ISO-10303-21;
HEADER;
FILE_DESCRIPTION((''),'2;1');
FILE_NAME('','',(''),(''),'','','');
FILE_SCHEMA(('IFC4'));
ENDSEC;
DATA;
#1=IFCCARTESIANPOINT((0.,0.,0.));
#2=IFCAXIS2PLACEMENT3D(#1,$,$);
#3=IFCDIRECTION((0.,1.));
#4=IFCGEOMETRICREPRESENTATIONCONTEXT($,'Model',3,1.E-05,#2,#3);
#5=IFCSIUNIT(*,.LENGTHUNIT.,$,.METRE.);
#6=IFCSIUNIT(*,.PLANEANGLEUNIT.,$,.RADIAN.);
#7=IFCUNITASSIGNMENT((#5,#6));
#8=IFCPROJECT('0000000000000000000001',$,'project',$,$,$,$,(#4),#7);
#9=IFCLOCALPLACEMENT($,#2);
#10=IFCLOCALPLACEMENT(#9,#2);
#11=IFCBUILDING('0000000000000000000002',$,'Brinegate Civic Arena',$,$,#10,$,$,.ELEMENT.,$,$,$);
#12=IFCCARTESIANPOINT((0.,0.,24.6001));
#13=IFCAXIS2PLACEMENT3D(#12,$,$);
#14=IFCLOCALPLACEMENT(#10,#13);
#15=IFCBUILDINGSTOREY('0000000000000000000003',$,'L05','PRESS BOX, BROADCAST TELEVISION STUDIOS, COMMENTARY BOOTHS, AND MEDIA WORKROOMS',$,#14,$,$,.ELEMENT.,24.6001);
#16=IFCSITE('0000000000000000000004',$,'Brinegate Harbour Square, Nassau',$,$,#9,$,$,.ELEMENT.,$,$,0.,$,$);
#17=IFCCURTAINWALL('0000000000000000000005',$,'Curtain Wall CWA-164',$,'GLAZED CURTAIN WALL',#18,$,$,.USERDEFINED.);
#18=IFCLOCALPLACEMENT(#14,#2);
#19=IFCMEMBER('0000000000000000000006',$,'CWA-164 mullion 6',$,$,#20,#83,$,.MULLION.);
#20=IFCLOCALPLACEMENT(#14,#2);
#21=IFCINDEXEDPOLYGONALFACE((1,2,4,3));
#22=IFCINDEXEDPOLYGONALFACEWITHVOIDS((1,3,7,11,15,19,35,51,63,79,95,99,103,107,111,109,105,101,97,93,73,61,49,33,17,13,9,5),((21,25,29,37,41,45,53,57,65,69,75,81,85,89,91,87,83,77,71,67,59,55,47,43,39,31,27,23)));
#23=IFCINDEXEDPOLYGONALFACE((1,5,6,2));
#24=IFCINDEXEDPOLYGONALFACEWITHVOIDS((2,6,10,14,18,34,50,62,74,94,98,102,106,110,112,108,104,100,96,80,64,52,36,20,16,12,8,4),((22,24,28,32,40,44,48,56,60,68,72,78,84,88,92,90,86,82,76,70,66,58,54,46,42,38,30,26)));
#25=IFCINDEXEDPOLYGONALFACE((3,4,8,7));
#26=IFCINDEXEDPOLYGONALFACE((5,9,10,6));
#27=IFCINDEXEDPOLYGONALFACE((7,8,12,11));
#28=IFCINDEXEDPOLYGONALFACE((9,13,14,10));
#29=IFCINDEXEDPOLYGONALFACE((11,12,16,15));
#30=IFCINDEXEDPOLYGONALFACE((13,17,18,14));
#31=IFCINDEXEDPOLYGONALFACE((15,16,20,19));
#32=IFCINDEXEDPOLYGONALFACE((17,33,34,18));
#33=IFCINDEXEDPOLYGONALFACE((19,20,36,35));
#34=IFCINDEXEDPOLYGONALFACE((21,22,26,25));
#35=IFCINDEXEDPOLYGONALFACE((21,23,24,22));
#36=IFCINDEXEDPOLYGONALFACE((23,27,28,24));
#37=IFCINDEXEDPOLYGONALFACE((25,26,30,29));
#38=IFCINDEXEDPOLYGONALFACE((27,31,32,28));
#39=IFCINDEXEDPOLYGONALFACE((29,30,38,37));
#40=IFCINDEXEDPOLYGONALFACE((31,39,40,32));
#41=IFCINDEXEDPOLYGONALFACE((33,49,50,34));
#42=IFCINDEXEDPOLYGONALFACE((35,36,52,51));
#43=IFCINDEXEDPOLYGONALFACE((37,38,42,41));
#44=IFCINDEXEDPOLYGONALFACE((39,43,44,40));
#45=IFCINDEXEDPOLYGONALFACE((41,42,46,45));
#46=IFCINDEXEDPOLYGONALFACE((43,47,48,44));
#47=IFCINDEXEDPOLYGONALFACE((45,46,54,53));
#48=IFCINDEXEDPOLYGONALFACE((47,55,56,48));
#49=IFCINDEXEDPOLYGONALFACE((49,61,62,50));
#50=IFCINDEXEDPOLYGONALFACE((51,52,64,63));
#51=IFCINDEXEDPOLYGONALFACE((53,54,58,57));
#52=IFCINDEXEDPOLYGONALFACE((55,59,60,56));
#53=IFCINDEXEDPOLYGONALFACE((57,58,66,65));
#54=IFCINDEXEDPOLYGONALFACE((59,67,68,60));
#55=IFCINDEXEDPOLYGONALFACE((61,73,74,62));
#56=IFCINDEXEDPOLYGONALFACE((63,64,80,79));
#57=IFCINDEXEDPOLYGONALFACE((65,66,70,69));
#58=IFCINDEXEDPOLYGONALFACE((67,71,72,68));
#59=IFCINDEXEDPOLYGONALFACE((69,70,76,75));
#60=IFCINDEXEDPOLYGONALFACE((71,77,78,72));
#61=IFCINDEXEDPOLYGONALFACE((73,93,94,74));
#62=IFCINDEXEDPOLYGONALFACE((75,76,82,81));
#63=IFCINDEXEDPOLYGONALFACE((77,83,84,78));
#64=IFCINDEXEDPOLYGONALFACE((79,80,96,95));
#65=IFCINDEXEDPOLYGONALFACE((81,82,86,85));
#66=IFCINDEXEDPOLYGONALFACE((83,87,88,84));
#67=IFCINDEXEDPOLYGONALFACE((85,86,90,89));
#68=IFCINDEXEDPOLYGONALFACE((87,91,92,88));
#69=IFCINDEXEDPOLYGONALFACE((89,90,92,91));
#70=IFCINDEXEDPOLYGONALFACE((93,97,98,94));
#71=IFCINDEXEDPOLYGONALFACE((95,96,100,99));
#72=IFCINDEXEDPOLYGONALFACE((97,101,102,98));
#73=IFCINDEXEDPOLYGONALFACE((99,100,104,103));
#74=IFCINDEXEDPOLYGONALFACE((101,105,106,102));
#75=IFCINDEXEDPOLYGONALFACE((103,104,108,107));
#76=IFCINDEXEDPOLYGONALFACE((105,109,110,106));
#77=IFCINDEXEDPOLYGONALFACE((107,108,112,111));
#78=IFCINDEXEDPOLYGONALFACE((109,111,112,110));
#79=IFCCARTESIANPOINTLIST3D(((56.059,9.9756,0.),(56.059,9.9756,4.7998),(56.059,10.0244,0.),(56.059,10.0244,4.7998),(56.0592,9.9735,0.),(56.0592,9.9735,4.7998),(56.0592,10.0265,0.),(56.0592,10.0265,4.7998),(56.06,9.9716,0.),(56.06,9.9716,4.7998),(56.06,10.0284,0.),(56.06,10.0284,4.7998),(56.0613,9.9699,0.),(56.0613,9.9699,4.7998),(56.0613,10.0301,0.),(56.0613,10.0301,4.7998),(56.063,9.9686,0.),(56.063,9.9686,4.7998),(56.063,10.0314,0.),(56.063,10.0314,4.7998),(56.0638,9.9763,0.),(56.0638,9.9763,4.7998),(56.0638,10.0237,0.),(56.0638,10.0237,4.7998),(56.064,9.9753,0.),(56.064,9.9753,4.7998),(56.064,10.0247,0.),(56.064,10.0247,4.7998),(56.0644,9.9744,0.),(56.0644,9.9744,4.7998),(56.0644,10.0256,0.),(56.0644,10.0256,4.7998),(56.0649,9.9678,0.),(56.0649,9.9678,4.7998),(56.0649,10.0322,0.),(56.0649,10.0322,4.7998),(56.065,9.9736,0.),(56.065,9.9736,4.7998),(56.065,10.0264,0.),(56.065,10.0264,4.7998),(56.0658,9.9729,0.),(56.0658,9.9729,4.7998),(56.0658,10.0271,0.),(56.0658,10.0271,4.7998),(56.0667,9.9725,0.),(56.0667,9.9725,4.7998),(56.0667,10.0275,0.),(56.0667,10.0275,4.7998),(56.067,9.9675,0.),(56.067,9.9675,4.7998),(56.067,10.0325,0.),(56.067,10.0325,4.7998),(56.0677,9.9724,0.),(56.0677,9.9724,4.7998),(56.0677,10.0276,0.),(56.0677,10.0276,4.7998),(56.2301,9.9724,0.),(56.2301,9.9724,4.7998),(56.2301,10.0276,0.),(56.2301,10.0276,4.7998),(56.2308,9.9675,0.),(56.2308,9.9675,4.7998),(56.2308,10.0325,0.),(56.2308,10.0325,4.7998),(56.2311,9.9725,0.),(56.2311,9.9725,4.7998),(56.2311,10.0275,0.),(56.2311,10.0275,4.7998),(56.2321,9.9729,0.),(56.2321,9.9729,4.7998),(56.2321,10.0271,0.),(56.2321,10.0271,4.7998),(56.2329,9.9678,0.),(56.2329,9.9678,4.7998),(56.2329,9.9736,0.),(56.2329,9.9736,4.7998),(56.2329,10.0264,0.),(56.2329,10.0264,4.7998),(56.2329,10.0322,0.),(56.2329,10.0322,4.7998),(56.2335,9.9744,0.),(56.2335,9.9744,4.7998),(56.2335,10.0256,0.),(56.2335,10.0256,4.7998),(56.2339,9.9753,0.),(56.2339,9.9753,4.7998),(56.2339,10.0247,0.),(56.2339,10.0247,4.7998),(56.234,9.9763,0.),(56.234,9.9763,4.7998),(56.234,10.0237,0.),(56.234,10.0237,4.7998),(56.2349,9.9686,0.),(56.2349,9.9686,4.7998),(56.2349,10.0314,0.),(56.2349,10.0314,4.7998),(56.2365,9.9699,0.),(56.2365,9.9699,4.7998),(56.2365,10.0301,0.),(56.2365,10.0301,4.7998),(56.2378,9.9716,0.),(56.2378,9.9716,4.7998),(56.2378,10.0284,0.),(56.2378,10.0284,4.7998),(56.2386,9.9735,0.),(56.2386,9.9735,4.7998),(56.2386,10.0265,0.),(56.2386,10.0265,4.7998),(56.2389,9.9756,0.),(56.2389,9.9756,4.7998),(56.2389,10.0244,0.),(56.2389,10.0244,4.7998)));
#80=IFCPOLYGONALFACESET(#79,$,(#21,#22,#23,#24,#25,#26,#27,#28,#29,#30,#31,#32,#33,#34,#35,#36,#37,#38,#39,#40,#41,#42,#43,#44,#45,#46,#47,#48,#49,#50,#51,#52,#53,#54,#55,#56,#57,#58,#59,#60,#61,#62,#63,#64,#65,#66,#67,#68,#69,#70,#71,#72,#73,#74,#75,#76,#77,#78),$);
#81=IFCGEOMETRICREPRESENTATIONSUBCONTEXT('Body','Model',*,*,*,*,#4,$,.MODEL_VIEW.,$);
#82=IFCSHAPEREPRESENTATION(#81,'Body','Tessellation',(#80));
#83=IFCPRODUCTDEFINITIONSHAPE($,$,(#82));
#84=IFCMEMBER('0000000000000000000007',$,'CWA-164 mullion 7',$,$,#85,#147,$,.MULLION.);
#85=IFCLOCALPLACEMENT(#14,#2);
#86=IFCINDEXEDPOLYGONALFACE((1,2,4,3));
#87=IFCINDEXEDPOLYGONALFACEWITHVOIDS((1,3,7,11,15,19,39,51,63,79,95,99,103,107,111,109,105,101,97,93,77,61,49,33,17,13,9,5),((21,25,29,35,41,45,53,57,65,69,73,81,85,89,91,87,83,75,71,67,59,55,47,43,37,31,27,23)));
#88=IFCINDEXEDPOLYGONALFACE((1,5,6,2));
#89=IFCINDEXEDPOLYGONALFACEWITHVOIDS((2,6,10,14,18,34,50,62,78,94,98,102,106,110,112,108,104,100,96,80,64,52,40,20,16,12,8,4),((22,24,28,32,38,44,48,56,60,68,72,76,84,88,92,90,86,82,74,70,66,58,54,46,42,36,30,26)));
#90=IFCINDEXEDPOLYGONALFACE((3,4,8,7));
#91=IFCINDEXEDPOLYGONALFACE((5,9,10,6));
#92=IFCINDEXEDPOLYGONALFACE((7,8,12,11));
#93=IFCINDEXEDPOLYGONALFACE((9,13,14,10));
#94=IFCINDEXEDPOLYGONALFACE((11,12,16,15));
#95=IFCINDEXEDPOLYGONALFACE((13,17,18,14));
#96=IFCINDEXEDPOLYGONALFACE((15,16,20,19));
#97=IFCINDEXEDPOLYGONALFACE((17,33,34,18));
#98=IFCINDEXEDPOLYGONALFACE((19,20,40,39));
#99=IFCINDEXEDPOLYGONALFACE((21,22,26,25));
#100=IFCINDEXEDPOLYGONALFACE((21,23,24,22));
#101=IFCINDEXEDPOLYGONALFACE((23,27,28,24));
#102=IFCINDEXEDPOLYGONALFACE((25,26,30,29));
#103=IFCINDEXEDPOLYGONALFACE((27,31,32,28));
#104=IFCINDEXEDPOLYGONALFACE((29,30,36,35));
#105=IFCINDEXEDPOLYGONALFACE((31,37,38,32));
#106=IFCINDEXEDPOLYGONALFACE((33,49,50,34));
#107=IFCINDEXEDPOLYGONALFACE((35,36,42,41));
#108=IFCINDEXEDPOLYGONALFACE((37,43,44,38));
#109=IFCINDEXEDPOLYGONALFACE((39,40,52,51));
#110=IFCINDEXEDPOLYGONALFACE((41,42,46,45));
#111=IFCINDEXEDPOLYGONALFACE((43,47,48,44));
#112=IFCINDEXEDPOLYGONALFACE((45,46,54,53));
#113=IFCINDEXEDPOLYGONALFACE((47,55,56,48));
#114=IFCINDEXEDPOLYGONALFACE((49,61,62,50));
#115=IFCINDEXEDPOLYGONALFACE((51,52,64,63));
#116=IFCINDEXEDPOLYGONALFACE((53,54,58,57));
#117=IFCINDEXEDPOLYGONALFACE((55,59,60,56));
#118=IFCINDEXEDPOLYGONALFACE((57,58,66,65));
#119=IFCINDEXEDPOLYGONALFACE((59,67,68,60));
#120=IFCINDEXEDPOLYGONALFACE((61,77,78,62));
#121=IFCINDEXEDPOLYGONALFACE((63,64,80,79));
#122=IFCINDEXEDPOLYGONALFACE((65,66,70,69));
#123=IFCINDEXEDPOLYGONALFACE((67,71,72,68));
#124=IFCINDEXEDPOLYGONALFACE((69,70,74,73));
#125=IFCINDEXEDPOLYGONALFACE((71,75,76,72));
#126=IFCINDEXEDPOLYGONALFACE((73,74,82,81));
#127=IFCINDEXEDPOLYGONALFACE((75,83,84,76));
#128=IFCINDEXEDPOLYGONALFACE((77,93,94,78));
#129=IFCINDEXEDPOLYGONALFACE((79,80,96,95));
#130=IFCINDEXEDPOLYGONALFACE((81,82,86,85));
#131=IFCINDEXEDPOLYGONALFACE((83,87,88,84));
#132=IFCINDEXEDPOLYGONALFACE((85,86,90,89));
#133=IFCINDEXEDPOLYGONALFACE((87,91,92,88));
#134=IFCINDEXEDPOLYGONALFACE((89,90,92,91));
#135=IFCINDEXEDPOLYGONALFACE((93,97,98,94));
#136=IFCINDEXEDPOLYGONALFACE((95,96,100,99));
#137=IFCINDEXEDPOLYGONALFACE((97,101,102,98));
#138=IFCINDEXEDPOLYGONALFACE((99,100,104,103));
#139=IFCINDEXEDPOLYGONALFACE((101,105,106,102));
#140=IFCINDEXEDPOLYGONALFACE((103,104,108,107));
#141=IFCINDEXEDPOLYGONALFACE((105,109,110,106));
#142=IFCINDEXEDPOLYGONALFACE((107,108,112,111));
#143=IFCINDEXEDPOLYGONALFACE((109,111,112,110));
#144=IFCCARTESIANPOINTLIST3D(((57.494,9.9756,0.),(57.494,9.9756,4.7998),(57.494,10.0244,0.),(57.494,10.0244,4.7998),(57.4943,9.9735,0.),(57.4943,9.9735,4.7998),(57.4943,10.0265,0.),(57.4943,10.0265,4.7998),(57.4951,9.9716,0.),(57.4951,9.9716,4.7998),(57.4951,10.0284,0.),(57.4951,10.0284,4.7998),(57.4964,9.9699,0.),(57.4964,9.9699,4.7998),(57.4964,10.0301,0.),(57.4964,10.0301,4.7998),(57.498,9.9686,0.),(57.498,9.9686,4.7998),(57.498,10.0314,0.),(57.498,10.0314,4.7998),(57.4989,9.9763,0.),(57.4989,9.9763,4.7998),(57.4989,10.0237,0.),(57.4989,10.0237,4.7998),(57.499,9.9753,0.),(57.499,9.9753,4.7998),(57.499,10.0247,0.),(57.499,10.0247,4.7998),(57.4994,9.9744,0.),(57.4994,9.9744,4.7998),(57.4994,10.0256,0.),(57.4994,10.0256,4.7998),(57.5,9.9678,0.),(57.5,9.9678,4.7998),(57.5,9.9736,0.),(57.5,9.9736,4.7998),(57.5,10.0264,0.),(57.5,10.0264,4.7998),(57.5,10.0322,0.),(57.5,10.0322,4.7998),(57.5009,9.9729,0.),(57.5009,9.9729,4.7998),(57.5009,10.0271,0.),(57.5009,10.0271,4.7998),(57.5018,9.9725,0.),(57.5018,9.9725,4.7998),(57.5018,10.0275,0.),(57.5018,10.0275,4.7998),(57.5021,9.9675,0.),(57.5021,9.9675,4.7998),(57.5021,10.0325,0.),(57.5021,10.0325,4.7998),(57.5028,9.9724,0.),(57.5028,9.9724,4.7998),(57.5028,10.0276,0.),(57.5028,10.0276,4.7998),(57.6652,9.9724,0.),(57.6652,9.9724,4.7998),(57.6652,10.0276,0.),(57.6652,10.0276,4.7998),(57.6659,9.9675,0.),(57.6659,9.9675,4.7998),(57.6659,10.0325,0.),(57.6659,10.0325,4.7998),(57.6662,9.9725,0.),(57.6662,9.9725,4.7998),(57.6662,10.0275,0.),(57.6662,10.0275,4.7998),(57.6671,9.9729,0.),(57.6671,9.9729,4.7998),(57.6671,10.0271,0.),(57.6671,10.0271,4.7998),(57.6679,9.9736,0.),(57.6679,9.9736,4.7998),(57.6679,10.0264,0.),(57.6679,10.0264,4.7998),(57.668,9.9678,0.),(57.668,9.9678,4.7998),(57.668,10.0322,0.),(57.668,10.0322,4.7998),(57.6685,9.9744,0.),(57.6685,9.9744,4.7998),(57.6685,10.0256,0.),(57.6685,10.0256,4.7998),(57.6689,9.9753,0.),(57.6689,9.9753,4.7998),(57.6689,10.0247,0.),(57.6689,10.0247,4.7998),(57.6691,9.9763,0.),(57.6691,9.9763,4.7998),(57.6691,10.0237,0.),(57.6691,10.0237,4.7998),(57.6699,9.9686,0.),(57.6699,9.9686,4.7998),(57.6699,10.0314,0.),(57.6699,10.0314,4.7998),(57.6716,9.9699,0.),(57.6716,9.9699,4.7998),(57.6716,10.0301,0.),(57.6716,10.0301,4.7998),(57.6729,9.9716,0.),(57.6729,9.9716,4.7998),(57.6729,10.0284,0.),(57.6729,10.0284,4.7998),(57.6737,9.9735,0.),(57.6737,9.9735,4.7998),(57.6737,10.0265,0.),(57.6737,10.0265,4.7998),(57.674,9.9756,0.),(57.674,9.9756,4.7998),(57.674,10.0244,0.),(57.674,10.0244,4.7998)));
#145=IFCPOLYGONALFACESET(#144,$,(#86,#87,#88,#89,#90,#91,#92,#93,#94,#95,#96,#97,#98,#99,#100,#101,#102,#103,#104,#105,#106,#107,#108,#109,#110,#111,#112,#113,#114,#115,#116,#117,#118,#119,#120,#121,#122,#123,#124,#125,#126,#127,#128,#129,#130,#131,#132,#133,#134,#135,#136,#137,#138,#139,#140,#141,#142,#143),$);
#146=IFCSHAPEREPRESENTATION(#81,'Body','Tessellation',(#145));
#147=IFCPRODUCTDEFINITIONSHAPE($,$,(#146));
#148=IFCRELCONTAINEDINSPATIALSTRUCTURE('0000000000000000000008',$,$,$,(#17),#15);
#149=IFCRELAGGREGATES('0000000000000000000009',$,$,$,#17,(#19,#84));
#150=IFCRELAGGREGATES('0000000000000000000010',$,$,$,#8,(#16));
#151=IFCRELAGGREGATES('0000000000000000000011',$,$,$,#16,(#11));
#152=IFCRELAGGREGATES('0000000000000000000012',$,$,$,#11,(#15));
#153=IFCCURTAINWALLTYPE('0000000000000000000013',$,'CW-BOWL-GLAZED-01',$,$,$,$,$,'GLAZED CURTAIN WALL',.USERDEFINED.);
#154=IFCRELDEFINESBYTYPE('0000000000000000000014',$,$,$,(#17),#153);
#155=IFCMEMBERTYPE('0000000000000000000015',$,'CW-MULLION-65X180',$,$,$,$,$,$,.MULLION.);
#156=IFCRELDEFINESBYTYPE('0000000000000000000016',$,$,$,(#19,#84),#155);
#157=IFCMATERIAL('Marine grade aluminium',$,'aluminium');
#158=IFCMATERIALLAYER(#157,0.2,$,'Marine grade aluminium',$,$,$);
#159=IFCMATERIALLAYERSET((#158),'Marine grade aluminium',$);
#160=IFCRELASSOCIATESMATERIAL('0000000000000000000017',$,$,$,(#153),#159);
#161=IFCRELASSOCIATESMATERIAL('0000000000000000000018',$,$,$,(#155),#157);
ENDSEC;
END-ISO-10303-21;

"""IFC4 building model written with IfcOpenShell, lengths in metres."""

from ifc_helpers import new_model, si_unit, direction, frame, origin, origin_2d, place, context, subcontext, project, spatial, hollow_rectangle, extrude, material, layer, layer_set, material_profile, profile_set, type_object, element, aggregate, save


model = new_model("IFC4")

# Units and contexts
model_context = context("Model", 3, precision=1e-05, world=origin(), true_north=direction((0.0, 1.0)))
body_context = subcontext(model_context, "Body", "Model", "MODEL_VIEW")
ifc_project = project(units=[si_unit("LENGTHUNIT", "METRE"), si_unit("PLANEANGLEUNIT", "RADIAN")], contexts=[model_context])

# Site, building, storey
site_placement = place(None, origin())
site = spatial("IfcSite", under=ifc_project, at=site_placement, Name="Brinegate Harbour Square, Nassau", CompositionType="ELEMENT", RefElevation=0.0)
building_placement = place(site_placement, origin())
building = spatial("IfcBuilding", under=site, at=building_placement, Name="Brinegate Civic Arena", CompositionType="ELEMENT")
storey_placement = place(building_placement, frame((0.0, 0.0, 24.6001)))
storey = spatial("IfcBuildingStorey", under=building, at=storey_placement, Name="L05", Description="PRESS BOX, BROADCAST TELEVISION STUDIOS, COMMENTARY BOOTHS, AND MEDIA WORKROOMS", CompositionType="ELEMENT", Elevation=24.6001)

# Curtain wall, members
ifc_material_1 = material(Name="Marine grade aluminium", Category="aluminium")
ifc_layer_1 = layer(ifc_material_1, 0.2, Name="Marine grade aluminium")
ifc_layer_set_1 = layer_set([ifc_layer_1], Name="Marine grade aluminium")
curtain_wall_type = type_object("IfcCurtainWallType", Name="CW-BOWL-GLAZED-01", ElementType="GLAZED CURTAIN WALL", PredefinedType="USERDEFINED", material=ifc_layer_set_1)
curtain_wall_1_placement = place(storey_placement, origin())
curtain_wall_1 = element("IfcCurtainWall", 1, at=curtain_wall_1_placement, inside=storey, type_object=curtain_wall_type, Name="Curtain Wall CWA-164", ObjectType="GLAZED CURTAIN WALL", PredefinedType="USERDEFINED")
ifc_material_profile_1 = material_profile(ifc_material_1, hollow_rectangle(XDim=0.0649, YDim=0.1799, WallThickness=0.0049, InnerFilletRadius=0.0039, OuterFilletRadius=0.0081, at=origin_2d()), Name="MUL65X180")
ifc_profile_set_1 = profile_set([ifc_material_profile_1], Name="Marine grade aluminium")
member_type_1 = type_object("IfcMemberType", Name="CW-MULLION-65X180", PredefinedType="MULLION", material=ifc_profile_set_1)
member_1_placement = place(storey_placement, frame((56.1489, 10.0, 0.0), z_axis=(0.0, 0.0, 1.0), x_axis=(0.0, 1.0, 0.0)))
member_1 = element("IfcMember", 2, at=member_1_placement, type_object=member_type_1, Name="CWA-164 mullion 6", PredefinedType="MULLION", context=body_context, shape_type="SweptSolid", body=[
    extrude(hollow_rectangle(XDim=0.0649, YDim=0.1799, WallThickness=0.0049, InnerFilletRadius=0.0039, OuterFilletRadius=0.0081, at=origin_2d()), origin(), (0.0, 0.0, 1.0), 4.7998),
])
member_2_placement = place(storey_placement, frame((57.584, 10.0, 0.0), z_axis=(0.0, 0.0, 1.0), x_axis=(0.0, 1.0, 0.0)))
member_2 = element("IfcMember", 3, at=member_2_placement, type_object=member_type_1, Name="CWA-164 mullion 7", PredefinedType="MULLION", context=body_context, shape_type="SweptSolid", body=[
    extrude(hollow_rectangle(XDim=0.0649, YDim=0.1799, WallThickness=0.0049, InnerFilletRadius=0.0039, OuterFilletRadius=0.0081, at=origin_2d()), origin(), (0.0, 0.0, 1.0), 4.7998),
])

aggregate(curtain_wall_1, [member_1, member_2])

save(model, "model.ifc")
